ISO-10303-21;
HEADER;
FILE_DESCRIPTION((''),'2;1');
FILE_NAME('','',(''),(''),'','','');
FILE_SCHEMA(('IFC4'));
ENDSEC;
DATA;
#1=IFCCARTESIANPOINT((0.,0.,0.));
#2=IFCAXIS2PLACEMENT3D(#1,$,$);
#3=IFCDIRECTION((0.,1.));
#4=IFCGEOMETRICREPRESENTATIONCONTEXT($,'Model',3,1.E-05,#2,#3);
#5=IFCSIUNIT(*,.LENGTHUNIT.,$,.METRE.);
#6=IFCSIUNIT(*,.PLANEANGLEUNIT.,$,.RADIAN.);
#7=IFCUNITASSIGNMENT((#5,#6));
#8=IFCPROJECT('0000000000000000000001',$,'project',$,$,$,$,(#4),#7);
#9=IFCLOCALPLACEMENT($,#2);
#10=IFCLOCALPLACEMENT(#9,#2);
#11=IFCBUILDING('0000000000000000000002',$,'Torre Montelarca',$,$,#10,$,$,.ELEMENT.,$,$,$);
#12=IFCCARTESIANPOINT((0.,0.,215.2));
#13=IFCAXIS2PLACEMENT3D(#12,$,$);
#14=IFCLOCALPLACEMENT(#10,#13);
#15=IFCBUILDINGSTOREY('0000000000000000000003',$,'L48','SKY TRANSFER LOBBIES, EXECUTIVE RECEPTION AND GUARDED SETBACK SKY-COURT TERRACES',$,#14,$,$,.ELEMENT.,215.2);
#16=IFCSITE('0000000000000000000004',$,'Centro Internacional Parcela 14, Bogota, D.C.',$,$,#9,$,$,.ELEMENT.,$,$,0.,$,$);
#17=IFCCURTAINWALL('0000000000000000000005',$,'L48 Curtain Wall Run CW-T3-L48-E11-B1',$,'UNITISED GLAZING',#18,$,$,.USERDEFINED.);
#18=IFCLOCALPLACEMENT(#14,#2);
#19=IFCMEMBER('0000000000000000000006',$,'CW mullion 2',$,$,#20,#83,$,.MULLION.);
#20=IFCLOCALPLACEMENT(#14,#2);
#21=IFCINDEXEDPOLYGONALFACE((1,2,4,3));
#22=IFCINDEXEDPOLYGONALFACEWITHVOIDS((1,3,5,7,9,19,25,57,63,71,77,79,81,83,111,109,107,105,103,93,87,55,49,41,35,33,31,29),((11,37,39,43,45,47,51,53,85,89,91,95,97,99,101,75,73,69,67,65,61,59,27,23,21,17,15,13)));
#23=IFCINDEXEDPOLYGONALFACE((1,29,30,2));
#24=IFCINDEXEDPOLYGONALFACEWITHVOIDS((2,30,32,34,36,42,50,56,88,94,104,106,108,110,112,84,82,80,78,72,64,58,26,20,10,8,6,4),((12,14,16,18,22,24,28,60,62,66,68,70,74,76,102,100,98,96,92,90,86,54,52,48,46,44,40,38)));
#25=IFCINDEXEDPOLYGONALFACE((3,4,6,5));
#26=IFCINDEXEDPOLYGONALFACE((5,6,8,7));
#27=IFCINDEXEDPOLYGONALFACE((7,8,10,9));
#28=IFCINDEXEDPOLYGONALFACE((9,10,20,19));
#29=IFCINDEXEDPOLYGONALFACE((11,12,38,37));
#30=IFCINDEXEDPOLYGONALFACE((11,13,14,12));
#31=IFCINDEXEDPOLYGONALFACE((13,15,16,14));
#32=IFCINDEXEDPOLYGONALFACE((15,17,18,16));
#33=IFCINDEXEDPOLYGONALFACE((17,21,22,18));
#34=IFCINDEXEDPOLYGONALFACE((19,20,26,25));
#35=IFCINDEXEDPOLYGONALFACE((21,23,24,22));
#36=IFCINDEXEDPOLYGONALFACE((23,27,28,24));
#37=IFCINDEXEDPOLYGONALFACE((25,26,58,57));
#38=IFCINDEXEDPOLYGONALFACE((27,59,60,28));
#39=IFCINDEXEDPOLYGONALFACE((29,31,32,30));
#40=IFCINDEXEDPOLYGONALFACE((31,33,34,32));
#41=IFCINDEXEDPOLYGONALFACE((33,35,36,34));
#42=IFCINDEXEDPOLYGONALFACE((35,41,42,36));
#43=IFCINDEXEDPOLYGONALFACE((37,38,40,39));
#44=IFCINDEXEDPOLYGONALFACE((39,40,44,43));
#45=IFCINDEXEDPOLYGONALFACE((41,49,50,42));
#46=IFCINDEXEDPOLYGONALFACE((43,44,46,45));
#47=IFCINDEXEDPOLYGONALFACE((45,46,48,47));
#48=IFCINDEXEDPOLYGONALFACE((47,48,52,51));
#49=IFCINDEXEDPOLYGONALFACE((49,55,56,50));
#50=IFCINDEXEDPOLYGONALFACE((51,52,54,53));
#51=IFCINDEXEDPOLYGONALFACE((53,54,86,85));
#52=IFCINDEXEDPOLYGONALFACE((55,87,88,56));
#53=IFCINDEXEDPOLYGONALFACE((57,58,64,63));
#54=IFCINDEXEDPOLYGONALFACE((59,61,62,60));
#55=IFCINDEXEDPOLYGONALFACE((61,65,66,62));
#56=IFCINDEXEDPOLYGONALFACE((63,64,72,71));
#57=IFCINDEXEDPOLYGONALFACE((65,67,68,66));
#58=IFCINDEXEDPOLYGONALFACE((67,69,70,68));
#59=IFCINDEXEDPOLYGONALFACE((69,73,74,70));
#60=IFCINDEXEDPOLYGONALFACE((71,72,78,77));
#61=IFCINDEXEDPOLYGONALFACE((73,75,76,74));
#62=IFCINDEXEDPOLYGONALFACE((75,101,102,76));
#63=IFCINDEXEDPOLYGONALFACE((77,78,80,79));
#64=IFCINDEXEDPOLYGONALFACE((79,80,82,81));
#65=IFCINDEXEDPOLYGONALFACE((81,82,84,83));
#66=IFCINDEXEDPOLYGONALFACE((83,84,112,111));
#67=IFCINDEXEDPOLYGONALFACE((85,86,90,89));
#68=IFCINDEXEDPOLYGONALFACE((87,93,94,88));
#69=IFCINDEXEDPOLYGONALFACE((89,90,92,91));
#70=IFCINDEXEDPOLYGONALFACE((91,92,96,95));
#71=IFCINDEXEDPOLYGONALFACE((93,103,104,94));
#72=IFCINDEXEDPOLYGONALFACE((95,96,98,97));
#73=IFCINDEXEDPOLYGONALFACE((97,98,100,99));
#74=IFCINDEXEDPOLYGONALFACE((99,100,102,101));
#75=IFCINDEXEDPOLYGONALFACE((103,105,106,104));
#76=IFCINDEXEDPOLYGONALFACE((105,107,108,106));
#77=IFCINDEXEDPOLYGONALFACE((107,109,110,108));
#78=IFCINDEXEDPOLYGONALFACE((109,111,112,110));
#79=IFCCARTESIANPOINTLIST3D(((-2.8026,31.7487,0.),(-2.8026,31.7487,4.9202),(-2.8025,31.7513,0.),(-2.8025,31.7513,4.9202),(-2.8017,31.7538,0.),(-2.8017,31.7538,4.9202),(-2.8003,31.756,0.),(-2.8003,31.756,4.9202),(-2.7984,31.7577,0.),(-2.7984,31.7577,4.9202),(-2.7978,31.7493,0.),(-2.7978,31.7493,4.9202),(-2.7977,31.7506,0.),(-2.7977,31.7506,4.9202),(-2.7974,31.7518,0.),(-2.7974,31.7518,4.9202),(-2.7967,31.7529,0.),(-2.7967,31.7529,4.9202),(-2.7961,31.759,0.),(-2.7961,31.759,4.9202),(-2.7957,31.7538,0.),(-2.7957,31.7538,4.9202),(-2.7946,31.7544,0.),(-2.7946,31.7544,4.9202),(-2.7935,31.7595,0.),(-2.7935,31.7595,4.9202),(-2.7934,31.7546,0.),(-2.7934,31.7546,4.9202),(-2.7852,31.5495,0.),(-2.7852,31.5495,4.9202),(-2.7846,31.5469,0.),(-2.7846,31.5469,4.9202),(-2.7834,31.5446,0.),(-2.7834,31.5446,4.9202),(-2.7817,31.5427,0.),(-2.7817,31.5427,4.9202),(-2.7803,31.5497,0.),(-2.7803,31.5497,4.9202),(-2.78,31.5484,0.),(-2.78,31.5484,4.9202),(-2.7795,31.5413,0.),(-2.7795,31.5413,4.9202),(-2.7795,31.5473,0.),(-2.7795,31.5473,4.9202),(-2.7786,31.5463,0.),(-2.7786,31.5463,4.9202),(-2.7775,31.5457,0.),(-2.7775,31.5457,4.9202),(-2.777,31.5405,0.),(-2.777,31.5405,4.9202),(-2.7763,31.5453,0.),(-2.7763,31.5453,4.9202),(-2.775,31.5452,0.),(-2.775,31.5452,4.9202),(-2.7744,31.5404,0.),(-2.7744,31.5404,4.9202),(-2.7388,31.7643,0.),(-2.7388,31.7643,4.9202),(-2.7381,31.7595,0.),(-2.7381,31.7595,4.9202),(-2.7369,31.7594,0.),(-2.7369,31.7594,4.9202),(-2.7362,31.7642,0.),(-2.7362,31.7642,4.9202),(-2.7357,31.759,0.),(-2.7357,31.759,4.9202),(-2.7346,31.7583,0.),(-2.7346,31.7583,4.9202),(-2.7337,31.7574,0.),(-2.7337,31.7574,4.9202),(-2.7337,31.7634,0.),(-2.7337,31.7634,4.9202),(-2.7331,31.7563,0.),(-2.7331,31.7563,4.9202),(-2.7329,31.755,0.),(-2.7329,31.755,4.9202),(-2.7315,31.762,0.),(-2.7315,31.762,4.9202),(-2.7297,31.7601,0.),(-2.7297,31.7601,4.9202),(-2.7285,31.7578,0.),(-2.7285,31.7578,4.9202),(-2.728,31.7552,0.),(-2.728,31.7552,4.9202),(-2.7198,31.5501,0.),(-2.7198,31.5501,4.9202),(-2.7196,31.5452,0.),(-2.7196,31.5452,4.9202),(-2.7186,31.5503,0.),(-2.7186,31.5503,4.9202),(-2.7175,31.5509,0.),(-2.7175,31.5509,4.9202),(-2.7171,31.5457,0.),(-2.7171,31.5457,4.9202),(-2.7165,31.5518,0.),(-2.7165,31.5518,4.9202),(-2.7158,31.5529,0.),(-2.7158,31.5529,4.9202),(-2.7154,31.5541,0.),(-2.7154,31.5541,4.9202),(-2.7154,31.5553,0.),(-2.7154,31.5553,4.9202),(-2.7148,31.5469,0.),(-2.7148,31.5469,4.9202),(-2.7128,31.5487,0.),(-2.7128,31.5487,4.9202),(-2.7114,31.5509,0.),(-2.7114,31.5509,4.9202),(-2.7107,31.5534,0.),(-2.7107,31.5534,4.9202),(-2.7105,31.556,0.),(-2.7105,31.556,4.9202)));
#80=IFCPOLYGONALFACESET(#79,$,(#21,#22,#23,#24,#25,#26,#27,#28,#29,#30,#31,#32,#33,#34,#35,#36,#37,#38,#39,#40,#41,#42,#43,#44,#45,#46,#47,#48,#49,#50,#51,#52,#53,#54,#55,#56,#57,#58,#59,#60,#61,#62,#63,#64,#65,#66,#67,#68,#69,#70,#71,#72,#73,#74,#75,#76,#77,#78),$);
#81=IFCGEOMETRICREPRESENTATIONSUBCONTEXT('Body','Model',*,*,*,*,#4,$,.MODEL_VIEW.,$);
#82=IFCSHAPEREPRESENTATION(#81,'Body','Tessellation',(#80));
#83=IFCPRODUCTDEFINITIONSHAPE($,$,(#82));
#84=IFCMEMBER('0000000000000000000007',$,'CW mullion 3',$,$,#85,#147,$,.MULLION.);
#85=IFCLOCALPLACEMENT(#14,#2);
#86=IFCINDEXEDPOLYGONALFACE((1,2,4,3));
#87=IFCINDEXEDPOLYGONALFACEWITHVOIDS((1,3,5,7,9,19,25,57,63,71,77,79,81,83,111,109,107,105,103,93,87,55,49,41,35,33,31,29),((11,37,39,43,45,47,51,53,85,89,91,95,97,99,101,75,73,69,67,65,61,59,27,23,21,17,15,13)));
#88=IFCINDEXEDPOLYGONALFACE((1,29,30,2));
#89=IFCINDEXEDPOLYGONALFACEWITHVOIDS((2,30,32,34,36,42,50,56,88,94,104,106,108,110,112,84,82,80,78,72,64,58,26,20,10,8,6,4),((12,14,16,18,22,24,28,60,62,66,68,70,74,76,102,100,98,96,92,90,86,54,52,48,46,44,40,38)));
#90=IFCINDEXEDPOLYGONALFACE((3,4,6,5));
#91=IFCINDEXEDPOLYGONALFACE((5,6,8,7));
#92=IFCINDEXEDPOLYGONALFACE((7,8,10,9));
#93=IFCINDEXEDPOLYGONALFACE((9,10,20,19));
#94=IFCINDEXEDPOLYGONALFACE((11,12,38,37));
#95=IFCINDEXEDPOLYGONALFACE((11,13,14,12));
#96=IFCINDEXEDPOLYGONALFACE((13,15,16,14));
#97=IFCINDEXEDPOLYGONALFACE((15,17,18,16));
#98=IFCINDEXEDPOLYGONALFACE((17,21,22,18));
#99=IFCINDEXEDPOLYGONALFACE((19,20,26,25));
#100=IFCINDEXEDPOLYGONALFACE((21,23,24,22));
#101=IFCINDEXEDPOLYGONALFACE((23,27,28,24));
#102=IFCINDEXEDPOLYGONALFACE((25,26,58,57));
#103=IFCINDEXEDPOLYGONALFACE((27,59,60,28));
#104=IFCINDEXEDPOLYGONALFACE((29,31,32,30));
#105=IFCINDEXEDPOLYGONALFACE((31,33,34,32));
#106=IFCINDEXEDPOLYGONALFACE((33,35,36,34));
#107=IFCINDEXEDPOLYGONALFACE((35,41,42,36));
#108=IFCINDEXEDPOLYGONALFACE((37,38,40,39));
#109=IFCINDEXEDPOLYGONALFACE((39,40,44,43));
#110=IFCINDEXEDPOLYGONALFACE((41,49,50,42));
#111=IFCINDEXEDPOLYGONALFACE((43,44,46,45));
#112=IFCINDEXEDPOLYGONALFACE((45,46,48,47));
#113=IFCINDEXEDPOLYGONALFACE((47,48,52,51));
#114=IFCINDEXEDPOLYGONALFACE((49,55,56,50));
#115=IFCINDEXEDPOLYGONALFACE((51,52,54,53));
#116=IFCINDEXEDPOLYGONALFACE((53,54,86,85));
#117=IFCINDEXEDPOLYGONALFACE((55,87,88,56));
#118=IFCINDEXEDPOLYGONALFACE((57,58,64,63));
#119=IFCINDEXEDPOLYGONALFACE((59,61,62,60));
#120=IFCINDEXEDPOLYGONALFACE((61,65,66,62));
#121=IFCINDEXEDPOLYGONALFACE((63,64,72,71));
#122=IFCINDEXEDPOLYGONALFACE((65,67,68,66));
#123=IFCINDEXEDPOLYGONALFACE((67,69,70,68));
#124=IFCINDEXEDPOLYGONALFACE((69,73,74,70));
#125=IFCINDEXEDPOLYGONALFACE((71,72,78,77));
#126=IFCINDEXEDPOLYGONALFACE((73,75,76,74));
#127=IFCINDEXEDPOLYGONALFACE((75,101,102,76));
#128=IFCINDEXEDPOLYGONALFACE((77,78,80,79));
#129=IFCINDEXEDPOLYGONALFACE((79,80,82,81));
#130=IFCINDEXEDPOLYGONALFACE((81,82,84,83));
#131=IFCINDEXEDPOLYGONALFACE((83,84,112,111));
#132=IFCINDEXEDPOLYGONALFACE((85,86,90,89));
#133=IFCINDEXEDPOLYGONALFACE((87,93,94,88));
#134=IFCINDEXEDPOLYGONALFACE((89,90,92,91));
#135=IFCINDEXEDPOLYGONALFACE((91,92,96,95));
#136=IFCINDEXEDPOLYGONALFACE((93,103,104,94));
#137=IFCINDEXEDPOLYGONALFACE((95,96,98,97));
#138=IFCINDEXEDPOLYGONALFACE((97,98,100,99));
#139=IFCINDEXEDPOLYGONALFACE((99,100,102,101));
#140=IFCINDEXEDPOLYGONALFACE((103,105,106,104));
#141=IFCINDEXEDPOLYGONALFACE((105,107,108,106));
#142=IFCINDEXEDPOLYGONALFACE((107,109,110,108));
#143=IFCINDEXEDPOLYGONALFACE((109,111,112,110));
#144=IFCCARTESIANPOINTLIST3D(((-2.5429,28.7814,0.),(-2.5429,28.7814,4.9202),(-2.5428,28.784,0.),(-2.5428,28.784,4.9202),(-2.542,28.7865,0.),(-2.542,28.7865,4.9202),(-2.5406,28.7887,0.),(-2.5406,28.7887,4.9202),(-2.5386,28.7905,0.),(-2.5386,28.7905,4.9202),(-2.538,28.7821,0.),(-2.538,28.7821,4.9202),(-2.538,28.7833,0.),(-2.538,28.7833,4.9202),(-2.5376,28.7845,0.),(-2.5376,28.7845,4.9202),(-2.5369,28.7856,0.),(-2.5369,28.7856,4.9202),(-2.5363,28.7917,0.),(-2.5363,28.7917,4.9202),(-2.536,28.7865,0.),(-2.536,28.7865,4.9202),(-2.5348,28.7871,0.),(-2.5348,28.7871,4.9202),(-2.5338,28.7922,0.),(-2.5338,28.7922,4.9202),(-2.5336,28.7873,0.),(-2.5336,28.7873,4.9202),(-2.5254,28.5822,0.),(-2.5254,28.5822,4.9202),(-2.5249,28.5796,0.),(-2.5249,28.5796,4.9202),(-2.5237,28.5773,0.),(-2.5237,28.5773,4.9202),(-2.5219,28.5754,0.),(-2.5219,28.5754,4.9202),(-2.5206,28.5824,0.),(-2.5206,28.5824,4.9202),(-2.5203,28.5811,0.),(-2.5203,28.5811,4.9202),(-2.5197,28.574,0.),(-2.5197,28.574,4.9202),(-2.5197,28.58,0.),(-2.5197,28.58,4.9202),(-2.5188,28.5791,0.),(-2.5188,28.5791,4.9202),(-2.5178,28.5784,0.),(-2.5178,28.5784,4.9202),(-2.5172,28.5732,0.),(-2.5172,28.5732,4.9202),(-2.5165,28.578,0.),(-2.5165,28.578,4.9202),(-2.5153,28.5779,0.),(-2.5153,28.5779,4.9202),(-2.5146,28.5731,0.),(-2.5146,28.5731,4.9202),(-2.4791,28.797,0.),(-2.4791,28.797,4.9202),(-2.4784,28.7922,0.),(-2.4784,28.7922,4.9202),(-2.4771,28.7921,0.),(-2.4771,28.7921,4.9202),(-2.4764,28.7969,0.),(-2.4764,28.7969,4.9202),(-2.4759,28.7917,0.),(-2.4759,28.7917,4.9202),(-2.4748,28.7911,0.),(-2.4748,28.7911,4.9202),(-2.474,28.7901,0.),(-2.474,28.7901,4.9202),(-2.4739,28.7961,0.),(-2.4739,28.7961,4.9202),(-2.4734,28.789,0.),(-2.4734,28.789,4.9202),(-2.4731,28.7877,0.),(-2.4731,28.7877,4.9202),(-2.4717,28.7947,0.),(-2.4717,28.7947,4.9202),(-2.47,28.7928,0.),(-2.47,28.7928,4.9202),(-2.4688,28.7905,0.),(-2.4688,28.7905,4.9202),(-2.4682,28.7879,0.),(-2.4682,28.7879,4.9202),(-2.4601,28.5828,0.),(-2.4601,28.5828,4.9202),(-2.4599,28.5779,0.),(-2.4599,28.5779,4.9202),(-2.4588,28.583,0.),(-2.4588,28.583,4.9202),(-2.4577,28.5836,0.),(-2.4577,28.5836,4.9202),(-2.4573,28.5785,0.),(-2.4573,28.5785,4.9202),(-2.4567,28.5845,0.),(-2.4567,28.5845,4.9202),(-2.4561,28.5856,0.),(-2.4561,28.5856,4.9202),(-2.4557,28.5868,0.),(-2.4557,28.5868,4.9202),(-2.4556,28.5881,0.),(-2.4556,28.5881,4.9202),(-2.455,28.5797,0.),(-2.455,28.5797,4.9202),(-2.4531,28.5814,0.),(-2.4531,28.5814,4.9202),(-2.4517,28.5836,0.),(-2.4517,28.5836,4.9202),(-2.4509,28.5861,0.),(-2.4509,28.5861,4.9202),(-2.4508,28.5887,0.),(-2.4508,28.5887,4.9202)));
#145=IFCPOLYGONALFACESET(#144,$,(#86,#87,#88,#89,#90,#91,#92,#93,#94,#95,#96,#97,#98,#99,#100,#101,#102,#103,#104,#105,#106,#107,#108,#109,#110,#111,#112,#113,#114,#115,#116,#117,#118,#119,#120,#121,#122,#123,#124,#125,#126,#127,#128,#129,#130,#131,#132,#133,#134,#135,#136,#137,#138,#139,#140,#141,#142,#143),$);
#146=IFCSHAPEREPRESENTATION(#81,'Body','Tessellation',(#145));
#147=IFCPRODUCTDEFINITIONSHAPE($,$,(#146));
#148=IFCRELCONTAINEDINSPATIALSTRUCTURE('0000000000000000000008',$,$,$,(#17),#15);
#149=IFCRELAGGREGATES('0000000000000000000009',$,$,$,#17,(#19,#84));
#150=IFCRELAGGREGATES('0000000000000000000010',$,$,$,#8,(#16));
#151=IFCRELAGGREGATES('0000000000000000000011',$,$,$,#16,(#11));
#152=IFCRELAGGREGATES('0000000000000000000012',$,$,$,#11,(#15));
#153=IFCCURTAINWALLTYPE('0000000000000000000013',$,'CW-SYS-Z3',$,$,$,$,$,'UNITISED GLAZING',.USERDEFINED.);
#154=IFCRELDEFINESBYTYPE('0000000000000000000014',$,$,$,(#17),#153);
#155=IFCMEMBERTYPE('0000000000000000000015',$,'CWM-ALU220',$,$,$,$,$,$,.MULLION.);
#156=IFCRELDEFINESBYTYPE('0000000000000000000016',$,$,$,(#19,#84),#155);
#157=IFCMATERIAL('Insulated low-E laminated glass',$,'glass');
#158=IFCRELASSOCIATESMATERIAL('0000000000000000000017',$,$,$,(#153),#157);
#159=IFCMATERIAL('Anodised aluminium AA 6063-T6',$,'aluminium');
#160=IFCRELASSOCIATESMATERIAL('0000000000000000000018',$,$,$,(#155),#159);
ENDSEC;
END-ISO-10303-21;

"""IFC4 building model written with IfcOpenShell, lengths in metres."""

from ifc_helpers import new_model, si_unit, direction, frame, origin, origin_2d, place, context, subcontext, project, spatial, hollow_rectangle, extrude, source, transform, mapped, material, material_profile, profile_set, type_object, element, aggregate, save


model = new_model("IFC4")

# Units and contexts
model_context = context("Model", 3, precision=1e-05, world=origin(), true_north=direction((0.0, 1.0)))
body_context = subcontext(model_context, "Body", "Model", "MODEL_VIEW")
ifc_project = project(units=[si_unit("LENGTHUNIT", "METRE"), si_unit("PLANEANGLEUNIT", "RADIAN")], contexts=[model_context])

# Site, building, storey
site_placement = place(None, origin())
site = spatial("IfcSite", under=ifc_project, at=site_placement, Name="Centro Internacional Parcela 14, Bogota, D.C.", CompositionType="ELEMENT", RefElevation=0.0)
building_placement = place(site_placement, origin())
building = spatial("IfcBuilding", under=site, at=building_placement, Name="Torre Montelarca", CompositionType="ELEMENT")
storey_placement = place(building_placement, frame((0.0, 0.0, 215.2)))
storey = spatial("IfcBuildingStorey", under=building, at=storey_placement, Name="L48", Description="SKY TRANSFER LOBBIES, EXECUTIVE RECEPTION AND GUARDED SETBACK SKY-COURT TERRACES", CompositionType="ELEMENT", Elevation=215.2)

# Shared definitions
ifc_material_1 = material(Name="Insulated low-E laminated glass", Category="glass")
curtain_wall_type = type_object("IfcCurtainWallType", Name="CW-SYS-Z3", ElementType="UNITISED GLAZING", PredefinedType="USERDEFINED", material=ifc_material_1)
ifc_material_2 = material(Name="Anodised aluminium AA 6063-T6", Category="aluminium")
ifc_material_profile_1 = material_profile(ifc_material_2, hollow_rectangle(XDim=0.075, YDim=0.22, WallThickness=0.0049, InnerFilletRadius=0.0049, OuterFilletRadius=0.01, at=origin_2d()), Name="ALU75X220X5", Category="aluminium")
ifc_profile_set_1 = profile_set([ifc_material_profile_1], Name="Anodised aluminium AA 6063-T6")
member_type_1 = type_object("IfcMemberType", Name="CWM-ALU220", PredefinedType="MULLION", material=ifc_profile_set_1)
shared_shape_1 = source(origin(), body_context, "Body", "SweptSolid", [
    extrude(hollow_rectangle(XDim=0.075, YDim=0.22, WallThickness=0.0049, InnerFilletRadius=0.0049, OuterFilletRadius=0.01, at=origin_2d()), origin(), (0.0, 0.0, 1.0), 4.9202),
])

# Curtain wall, members
curtain_wall_1_placement = place(storey_placement, origin())
curtain_wall_1 = element("IfcCurtainWall", 1, at=curtain_wall_1_placement, inside=storey, type_object=curtain_wall_type, Name="L48 Curtain Wall Run CW-T3-L48-E11-B1", ObjectType="UNITISED GLAZING", PredefinedType="USERDEFINED")
member_1_placement = place(storey_placement, frame((-2.7566, 31.6523, 0.0), z_axis=(0.0, 0.0, 1.0), x_axis=(0.996194, 0.087166, 0.0)))
member_1 = element("IfcMember", 2, at=member_1_placement, type_object=member_type_1, Name="CW mullion 2", PredefinedType="MULLION", context=body_context, shape_type="MappedRepresentation", body=[
    mapped(shared_shape_1, transform((0.0, 0.0, 0.0), scale=1.0)),
])
member_2_placement = place(storey_placement, frame((-2.4968, 28.6851, 0.0), z_axis=(0.0, 0.0, 1.0), x_axis=(0.996194, 0.087166, 0.0)))
member_2 = element("IfcMember", 3, at=member_2_placement, type_object=member_type_1, Name="CW mullion 3", PredefinedType="MULLION", context=body_context, shape_type="MappedRepresentation", body=[
    mapped(shared_shape_1, transform((0.0, 0.0, 0.0), scale=1.0)),
])
aggregate(curtain_wall_1, [member_1, member_2])

save(model, "model.ifc")
